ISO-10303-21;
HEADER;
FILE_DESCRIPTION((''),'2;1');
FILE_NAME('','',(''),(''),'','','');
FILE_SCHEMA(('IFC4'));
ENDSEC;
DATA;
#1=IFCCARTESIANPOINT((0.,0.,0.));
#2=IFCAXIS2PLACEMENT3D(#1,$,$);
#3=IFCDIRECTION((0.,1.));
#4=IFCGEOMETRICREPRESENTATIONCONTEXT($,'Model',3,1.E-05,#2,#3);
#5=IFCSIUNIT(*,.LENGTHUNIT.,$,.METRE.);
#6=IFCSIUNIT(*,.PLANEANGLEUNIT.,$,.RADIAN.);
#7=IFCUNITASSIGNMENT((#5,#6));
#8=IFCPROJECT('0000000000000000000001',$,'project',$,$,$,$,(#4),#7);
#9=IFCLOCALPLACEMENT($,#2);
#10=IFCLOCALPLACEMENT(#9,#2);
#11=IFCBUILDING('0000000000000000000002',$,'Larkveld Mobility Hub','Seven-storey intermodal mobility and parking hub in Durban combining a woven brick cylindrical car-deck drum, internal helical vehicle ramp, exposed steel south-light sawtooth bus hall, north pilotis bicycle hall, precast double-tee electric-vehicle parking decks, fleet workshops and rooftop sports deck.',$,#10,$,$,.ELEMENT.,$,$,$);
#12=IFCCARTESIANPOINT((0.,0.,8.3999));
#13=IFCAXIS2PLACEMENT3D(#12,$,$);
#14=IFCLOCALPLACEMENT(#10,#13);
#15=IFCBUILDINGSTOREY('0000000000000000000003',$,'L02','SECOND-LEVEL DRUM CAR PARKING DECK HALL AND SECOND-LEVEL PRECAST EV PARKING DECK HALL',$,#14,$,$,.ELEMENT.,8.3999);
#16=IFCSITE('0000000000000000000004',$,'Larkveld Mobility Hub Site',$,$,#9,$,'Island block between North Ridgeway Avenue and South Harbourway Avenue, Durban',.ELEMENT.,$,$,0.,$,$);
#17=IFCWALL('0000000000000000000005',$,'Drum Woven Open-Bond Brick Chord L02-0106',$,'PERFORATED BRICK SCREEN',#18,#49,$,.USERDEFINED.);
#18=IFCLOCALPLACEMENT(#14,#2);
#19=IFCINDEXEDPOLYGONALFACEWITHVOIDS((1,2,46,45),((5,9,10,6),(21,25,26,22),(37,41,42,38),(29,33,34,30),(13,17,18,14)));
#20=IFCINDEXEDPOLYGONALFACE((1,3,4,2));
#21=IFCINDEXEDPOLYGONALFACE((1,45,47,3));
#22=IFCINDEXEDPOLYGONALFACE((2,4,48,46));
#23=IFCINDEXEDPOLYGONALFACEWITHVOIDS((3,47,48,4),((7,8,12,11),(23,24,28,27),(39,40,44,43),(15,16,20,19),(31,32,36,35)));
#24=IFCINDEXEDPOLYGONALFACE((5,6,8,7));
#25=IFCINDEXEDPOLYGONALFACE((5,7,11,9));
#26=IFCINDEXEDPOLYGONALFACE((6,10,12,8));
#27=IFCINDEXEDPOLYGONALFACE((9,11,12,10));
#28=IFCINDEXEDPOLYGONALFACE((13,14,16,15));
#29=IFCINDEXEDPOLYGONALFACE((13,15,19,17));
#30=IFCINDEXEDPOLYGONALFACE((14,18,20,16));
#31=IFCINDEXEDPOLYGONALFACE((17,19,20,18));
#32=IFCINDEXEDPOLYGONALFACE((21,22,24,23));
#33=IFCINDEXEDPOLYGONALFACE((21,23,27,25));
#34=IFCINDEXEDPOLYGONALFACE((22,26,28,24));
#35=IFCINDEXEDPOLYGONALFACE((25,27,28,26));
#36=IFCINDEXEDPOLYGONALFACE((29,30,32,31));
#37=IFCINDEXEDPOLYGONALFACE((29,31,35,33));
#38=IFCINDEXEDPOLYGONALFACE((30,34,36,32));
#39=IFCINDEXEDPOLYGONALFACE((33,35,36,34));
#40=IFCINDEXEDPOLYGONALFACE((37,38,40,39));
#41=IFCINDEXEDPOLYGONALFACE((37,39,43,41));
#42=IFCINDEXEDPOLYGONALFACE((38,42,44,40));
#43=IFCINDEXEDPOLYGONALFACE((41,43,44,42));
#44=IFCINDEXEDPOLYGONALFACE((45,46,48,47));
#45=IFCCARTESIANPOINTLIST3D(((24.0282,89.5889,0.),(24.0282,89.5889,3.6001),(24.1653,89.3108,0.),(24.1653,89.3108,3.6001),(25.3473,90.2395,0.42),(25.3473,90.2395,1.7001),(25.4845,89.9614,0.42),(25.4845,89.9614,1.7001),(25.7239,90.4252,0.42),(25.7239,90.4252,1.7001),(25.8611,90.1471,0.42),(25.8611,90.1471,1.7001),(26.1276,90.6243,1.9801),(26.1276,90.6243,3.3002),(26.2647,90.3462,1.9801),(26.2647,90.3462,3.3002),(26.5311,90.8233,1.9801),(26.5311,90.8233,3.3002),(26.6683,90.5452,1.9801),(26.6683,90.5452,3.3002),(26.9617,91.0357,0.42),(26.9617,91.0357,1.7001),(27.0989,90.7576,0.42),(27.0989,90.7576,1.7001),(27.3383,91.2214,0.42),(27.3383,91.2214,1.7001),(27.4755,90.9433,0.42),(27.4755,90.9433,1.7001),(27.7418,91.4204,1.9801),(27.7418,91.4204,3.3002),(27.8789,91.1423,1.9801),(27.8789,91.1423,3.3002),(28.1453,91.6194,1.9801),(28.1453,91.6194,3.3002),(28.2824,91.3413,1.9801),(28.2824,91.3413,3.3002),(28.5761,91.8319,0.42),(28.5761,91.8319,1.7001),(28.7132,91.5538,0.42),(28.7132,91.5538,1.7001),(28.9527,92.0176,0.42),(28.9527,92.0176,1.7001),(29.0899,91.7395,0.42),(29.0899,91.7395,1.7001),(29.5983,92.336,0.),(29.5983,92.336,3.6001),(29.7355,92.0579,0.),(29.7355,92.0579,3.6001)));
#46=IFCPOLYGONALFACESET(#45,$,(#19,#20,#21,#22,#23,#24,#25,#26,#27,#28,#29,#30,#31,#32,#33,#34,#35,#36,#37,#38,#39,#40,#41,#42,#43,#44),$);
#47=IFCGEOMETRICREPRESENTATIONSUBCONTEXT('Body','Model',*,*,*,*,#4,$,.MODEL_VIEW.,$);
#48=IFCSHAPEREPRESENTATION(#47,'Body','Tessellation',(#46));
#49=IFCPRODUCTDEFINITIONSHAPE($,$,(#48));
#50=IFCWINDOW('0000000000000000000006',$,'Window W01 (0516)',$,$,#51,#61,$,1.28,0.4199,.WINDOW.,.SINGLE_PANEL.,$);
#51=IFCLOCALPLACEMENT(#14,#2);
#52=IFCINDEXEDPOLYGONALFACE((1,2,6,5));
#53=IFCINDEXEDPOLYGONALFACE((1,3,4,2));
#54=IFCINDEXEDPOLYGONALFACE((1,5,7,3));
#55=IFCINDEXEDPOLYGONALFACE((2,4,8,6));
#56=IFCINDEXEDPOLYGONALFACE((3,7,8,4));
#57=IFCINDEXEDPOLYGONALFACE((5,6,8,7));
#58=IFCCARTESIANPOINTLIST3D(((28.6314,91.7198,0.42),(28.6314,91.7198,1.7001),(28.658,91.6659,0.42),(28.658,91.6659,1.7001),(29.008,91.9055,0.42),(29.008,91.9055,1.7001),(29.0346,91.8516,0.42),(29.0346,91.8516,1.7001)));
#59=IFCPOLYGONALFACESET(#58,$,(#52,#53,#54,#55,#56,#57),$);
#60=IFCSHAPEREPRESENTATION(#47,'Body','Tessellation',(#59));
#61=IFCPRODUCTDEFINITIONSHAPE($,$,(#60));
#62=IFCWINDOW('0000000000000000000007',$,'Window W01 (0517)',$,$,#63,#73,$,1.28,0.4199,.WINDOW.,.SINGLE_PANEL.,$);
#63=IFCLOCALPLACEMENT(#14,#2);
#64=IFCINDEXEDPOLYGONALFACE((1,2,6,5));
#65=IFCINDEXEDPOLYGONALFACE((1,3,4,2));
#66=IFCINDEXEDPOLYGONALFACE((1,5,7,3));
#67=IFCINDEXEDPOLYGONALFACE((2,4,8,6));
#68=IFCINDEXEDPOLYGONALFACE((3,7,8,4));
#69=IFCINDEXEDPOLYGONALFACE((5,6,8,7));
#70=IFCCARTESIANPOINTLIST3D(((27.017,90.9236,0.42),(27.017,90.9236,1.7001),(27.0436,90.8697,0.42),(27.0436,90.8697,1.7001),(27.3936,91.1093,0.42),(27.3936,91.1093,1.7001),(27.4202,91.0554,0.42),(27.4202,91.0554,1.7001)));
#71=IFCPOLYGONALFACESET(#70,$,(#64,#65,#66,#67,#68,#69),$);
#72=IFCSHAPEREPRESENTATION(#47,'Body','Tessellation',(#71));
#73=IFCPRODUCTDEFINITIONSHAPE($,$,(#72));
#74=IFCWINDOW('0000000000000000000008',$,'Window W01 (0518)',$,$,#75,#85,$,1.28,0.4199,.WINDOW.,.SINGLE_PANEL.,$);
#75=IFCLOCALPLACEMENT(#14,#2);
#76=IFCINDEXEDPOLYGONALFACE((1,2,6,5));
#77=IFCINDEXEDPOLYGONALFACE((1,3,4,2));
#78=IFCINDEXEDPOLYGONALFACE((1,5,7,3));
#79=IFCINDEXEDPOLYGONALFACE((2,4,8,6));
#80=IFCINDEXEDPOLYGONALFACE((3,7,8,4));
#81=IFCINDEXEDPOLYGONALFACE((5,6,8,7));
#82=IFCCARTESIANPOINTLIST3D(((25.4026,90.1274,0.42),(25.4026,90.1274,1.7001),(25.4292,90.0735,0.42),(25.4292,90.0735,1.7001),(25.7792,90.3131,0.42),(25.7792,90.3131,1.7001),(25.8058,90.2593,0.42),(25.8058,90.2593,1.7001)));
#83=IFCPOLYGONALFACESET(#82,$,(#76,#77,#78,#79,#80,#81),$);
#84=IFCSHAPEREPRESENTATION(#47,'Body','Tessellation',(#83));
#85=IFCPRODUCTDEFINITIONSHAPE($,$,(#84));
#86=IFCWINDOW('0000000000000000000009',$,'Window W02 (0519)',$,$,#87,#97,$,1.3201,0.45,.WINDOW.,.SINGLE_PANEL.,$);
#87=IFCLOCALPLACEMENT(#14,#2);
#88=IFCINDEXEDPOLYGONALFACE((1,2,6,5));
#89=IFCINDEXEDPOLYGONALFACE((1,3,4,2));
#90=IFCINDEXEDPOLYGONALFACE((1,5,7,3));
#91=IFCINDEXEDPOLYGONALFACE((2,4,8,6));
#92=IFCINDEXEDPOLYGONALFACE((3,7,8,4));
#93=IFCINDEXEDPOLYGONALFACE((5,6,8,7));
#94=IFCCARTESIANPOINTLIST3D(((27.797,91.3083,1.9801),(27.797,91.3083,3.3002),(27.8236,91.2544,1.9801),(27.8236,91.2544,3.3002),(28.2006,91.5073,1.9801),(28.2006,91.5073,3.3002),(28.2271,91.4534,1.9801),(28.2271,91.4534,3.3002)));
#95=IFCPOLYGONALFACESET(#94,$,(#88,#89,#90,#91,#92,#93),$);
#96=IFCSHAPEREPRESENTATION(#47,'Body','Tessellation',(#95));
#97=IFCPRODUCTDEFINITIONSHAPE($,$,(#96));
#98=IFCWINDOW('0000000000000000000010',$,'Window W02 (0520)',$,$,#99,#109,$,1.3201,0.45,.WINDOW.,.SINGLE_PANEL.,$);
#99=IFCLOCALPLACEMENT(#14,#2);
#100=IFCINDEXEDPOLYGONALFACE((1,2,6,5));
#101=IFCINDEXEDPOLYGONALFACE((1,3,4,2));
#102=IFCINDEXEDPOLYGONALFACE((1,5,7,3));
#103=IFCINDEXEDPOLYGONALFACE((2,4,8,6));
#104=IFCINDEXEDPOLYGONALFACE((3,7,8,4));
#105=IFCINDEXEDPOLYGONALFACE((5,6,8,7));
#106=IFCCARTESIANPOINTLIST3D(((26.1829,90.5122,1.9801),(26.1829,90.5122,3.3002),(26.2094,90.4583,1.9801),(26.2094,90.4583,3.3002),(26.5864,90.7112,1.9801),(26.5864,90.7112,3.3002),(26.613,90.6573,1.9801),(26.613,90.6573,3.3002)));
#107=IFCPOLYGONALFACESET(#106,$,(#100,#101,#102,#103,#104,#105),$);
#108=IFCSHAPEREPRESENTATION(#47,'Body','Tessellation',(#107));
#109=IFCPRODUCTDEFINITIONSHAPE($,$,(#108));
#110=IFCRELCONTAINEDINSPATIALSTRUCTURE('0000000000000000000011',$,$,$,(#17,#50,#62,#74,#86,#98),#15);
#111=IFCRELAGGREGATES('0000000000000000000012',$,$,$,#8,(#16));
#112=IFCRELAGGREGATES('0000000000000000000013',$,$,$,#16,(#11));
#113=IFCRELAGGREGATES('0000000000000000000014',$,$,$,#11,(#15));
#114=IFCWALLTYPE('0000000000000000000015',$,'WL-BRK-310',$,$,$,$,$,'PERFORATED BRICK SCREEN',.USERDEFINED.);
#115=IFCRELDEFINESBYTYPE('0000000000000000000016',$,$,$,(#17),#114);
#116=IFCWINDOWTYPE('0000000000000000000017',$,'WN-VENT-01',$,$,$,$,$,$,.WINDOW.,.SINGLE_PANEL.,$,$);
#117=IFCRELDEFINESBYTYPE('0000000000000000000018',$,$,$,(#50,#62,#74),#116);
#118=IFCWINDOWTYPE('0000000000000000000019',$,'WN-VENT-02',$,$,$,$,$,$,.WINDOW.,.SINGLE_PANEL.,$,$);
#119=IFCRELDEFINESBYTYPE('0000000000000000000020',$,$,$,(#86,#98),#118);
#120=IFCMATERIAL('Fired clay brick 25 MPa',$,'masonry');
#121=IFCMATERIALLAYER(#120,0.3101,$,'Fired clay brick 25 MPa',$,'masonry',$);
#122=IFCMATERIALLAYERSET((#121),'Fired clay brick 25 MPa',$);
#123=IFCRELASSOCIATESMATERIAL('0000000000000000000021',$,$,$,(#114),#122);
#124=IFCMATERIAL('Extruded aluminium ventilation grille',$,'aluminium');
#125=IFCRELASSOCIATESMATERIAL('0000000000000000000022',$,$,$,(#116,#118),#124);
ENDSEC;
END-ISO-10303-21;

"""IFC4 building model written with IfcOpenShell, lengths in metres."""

from ifc_helpers import new_model, si_unit, direction, frame, frame_2d, origin, place, context, subcontext, project, spatial, rectangle, extrude, material, layer, layer_set, type_object, element, fill, save


model = new_model("IFC4")

# Units and contexts
model_context = context("Model", 3, precision=1e-05, world=origin(), true_north=direction((0.0, 1.0)))
body_context = subcontext(model_context, "Body", "Model", "MODEL_VIEW")
ifc_project = project(units=[si_unit("LENGTHUNIT", "METRE"), si_unit("PLANEANGLEUNIT", "RADIAN")], contexts=[model_context])

# Site, building, storey
site_placement = place(None, origin())
site = spatial("IfcSite", under=ifc_project, at=site_placement, Name="Larkveld Mobility Hub Site", LongName="Island block between North Ridgeway Avenue and South Harbourway Avenue, Durban", CompositionType="ELEMENT", RefElevation=0.0)
building_placement = place(site_placement, origin())
building = spatial("IfcBuilding", under=site, at=building_placement, Name="Larkveld Mobility Hub", Description="Seven-storey intermodal mobility and parking hub in Durban combining a woven brick cylindrical car-deck drum, internal helical vehicle ramp, exposed steel south-light sawtooth bus hall, north pilotis bicycle hall, precast double-tee electric-vehicle parking decks, fleet workshops and rooftop sports deck.", CompositionType="ELEMENT")
storey_placement = place(building_placement, frame((0.0, 0.0, 8.3999)))
storey = spatial("IfcBuildingStorey", under=building, at=storey_placement, Name="L02", Description="SECOND-LEVEL DRUM CAR PARKING DECK HALL AND SECOND-LEVEL PRECAST EV PARKING DECK HALL", CompositionType="ELEMENT", Elevation=8.3999)

# Wall, openings, windows
ifc_material_1 = material(Name="Fired clay brick 25 MPa", Category="masonry")
ifc_layer_1 = layer(ifc_material_1, 0.3101, Name="Fired clay brick 25 MPa", Category="masonry")
ifc_layer_set_1 = layer_set([ifc_layer_1], Name="Fired clay brick 25 MPa")
wall_type_1 = type_object("IfcWallType", Name="WL-BRK-310", ElementType="PERFORATED BRICK SCREEN", PredefinedType="USERDEFINED", material=ifc_layer_set_1)
wall_1_placement = place(storey_placement, frame((29.667, 92.197, 0.0), z_axis=(0.0, 0.0, 1.0), x_axis=(-0.896859, -0.442317, 0.0)))
wall_1 = element("IfcWall", 1, at=wall_1_placement, inside=storey, type_object=wall_type_1, Name="Drum Woven Open-Bond Brick Chord L02-0106", ObjectType="PERFORATED BRICK SCREEN", PredefinedType="USERDEFINED", context=body_context, shape_type="SweptSolid", body=[
    extrude(rectangle(XDim=6.2107, YDim=0.3101, at=frame_2d((3.1055, 0.0))), origin(), (0.0, 0.0, 1.0), 3.6001),
])
opening_1_placement = place(wall_1_placement, frame((0.72, 0.0, 0.4199)))
opening_1 = element("IfcOpeningElement", 2, at=opening_1_placement, cuts=wall_1, PredefinedType="OPENING", context=body_context, shape_type="SweptSolid", body=[
    extrude(rectangle(XDim=0.4199, YDim=1.28, at=frame_2d((0.21, 0.6401))), frame((0.0, 0.165, 0.0), z_axis=(0.0, -1.0, 0.0), x_axis=(1.0, 0.0, 0.0)), (0.0, 0.0, 1.0), 0.3301),
])
opening_2_placement = place(wall_1_placement, frame((2.52, 0.0, 0.4199)))
opening_2 = element("IfcOpeningElement", 3, at=opening_2_placement, cuts=wall_1, PredefinedType="OPENING", context=body_context, shape_type="SweptSolid", body=[
    extrude(rectangle(XDim=0.4199, YDim=1.28, at=frame_2d((0.21, 0.6401))), frame((0.0, 0.165, 0.0), z_axis=(0.0, -1.0, 0.0), x_axis=(1.0, 0.0, 0.0)), (0.0, 0.0, 1.0), 0.3301),
])
opening_3_placement = place(wall_1_placement, frame((4.3201, 0.0, 0.4199)))
opening_3 = element("IfcOpeningElement", 4, at=opening_3_placement, cuts=wall_1, PredefinedType="OPENING", context=body_context, shape_type="SweptSolid", body=[
    extrude(rectangle(XDim=0.4199, YDim=1.28, at=frame_2d((0.21, 0.6401))), frame((0.0, 0.165, 0.0), z_axis=(0.0, -1.0, 0.0), x_axis=(1.0, 0.0, 0.0)), (0.0, 0.0, 1.0), 0.3301),
])
opening_4_placement = place(wall_1_placement, frame((1.6201, 0.0, 1.98)))
opening_4 = element("IfcOpeningElement", 5, at=opening_4_placement, cuts=wall_1, PredefinedType="OPENING", context=body_context, shape_type="SweptSolid", body=[
    extrude(rectangle(XDim=0.45, YDim=1.3201, at=frame_2d((0.2251, 0.6602))), frame((0.0, 0.165, 0.0), z_axis=(0.0, -1.0, 0.0), x_axis=(1.0, 0.0, 0.0)), (0.0, 0.0, 1.0), 0.3301),
])
opening_5_placement = place(wall_1_placement, frame((3.4199, 0.0, 1.98)))
opening_5 = element("IfcOpeningElement", 6, at=opening_5_placement, cuts=wall_1, PredefinedType="OPENING", context=body_context, shape_type="SweptSolid", body=[
    extrude(rectangle(XDim=0.45, YDim=1.3201, at=frame_2d((0.2251, 0.6602))), frame((0.0, 0.165, 0.0), z_axis=(0.0, -1.0, 0.0), x_axis=(1.0, 0.0, 0.0)), (0.0, 0.0, 1.0), 0.3301),
])
ifc_material_2 = material(Name="Extruded aluminium ventilation grille", Category="aluminium")
window_type_1 = type_object("IfcWindowType", Name="WN-VENT-01", PartitioningType="SINGLE_PANEL", PredefinedType="WINDOW", material=ifc_material_2)
window_1_placement = place(opening_1_placement, origin())
window_1 = element("IfcWindow", 7, at=window_1_placement, inside=storey, type_object=window_type_1, Name="Window W01 (0516)", OverallHeight=1.28, OverallWidth=0.4199, PartitioningType="SINGLE_PANEL", PredefinedType="WINDOW", context=body_context, shape_type="SweptSolid", body=[
    extrude(rectangle(XDim=0.4199, YDim=1.28, at=frame_2d((0.21, 0.6401))), frame((0.0, 0.03, 0.0), z_axis=(0.0, -1.0, 0.0), x_axis=(1.0, 0.0, 0.0)), (0.0, 0.0, 1.0), 0.0601),
])
fill(opening_1, window_1)
window_2_placement = place(opening_2_placement, origin())
window_2 = element("IfcWindow", 8, at=window_2_placement, inside=storey, type_object=window_type_1, Name="Window W01 (0517)", OverallHeight=1.28, OverallWidth=0.4199, PartitioningType="SINGLE_PANEL", PredefinedType="WINDOW", context=body_context, shape_type="SweptSolid", body=[
    extrude(rectangle(XDim=0.4199, YDim=1.28, at=frame_2d((0.21, 0.6401))), frame((0.0, 0.03, 0.0), z_axis=(0.0, -1.0, 0.0), x_axis=(1.0, 0.0, 0.0)), (0.0, 0.0, 1.0), 0.0601),
])
fill(opening_2, window_2)
window_3_placement = place(opening_3_placement, origin())
window_3 = element("IfcWindow", 9, at=window_3_placement, inside=storey, type_object=window_type_1, Name="Window W01 (0518)", OverallHeight=1.28, OverallWidth=0.4199, PartitioningType="SINGLE_PANEL", PredefinedType="WINDOW", context=body_context, shape_type="SweptSolid", body=[
    extrude(rectangle(XDim=0.4199, YDim=1.28, at=frame_2d((0.21, 0.6401))), frame((0.0, 0.03, 0.0), z_axis=(0.0, -1.0, 0.0), x_axis=(1.0, 0.0, 0.0)), (0.0, 0.0, 1.0), 0.0601),
])
fill(opening_3, window_3)
window_type_2 = type_object("IfcWindowType", Name="WN-VENT-02", PartitioningType="SINGLE_PANEL", PredefinedType="WINDOW", material=ifc_material_2)
window_4_placement = place(opening_4_placement, origin())
window_4 = element("IfcWindow", 10, at=window_4_placement, inside=storey, type_object=window_type_2, Name="Window W02 (0519)", OverallHeight=1.3201, OverallWidth=0.45, PartitioningType="SINGLE_PANEL", PredefinedType="WINDOW", context=body_context, shape_type="SweptSolid", body=[
    extrude(rectangle(XDim=0.45, YDim=1.3201, at=frame_2d((0.2251, 0.6602))), frame((0.0, 0.03, 0.0), z_axis=(0.0, -1.0, 0.0), x_axis=(1.0, 0.0, 0.0)), (0.0, 0.0, 1.0), 0.0601),
])
fill(opening_4, window_4)
window_5_placement = place(opening_5_placement, origin())
window_5 = element("IfcWindow", 11, at=window_5_placement, inside=storey, type_object=window_type_2, Name="Window W02 (0520)", OverallHeight=1.3201, OverallWidth=0.45, PartitioningType="SINGLE_PANEL", PredefinedType="WINDOW", context=body_context, shape_type="SweptSolid", body=[
    extrude(rectangle(XDim=0.45, YDim=1.3201, at=frame_2d((0.2251, 0.6602))), frame((0.0, 0.03, 0.0), z_axis=(0.0, -1.0, 0.0), x_axis=(1.0, 0.0, 0.0)), (0.0, 0.0, 1.0), 0.0601),
])
fill(opening_5, window_5)

save(model, "model.ifc")
